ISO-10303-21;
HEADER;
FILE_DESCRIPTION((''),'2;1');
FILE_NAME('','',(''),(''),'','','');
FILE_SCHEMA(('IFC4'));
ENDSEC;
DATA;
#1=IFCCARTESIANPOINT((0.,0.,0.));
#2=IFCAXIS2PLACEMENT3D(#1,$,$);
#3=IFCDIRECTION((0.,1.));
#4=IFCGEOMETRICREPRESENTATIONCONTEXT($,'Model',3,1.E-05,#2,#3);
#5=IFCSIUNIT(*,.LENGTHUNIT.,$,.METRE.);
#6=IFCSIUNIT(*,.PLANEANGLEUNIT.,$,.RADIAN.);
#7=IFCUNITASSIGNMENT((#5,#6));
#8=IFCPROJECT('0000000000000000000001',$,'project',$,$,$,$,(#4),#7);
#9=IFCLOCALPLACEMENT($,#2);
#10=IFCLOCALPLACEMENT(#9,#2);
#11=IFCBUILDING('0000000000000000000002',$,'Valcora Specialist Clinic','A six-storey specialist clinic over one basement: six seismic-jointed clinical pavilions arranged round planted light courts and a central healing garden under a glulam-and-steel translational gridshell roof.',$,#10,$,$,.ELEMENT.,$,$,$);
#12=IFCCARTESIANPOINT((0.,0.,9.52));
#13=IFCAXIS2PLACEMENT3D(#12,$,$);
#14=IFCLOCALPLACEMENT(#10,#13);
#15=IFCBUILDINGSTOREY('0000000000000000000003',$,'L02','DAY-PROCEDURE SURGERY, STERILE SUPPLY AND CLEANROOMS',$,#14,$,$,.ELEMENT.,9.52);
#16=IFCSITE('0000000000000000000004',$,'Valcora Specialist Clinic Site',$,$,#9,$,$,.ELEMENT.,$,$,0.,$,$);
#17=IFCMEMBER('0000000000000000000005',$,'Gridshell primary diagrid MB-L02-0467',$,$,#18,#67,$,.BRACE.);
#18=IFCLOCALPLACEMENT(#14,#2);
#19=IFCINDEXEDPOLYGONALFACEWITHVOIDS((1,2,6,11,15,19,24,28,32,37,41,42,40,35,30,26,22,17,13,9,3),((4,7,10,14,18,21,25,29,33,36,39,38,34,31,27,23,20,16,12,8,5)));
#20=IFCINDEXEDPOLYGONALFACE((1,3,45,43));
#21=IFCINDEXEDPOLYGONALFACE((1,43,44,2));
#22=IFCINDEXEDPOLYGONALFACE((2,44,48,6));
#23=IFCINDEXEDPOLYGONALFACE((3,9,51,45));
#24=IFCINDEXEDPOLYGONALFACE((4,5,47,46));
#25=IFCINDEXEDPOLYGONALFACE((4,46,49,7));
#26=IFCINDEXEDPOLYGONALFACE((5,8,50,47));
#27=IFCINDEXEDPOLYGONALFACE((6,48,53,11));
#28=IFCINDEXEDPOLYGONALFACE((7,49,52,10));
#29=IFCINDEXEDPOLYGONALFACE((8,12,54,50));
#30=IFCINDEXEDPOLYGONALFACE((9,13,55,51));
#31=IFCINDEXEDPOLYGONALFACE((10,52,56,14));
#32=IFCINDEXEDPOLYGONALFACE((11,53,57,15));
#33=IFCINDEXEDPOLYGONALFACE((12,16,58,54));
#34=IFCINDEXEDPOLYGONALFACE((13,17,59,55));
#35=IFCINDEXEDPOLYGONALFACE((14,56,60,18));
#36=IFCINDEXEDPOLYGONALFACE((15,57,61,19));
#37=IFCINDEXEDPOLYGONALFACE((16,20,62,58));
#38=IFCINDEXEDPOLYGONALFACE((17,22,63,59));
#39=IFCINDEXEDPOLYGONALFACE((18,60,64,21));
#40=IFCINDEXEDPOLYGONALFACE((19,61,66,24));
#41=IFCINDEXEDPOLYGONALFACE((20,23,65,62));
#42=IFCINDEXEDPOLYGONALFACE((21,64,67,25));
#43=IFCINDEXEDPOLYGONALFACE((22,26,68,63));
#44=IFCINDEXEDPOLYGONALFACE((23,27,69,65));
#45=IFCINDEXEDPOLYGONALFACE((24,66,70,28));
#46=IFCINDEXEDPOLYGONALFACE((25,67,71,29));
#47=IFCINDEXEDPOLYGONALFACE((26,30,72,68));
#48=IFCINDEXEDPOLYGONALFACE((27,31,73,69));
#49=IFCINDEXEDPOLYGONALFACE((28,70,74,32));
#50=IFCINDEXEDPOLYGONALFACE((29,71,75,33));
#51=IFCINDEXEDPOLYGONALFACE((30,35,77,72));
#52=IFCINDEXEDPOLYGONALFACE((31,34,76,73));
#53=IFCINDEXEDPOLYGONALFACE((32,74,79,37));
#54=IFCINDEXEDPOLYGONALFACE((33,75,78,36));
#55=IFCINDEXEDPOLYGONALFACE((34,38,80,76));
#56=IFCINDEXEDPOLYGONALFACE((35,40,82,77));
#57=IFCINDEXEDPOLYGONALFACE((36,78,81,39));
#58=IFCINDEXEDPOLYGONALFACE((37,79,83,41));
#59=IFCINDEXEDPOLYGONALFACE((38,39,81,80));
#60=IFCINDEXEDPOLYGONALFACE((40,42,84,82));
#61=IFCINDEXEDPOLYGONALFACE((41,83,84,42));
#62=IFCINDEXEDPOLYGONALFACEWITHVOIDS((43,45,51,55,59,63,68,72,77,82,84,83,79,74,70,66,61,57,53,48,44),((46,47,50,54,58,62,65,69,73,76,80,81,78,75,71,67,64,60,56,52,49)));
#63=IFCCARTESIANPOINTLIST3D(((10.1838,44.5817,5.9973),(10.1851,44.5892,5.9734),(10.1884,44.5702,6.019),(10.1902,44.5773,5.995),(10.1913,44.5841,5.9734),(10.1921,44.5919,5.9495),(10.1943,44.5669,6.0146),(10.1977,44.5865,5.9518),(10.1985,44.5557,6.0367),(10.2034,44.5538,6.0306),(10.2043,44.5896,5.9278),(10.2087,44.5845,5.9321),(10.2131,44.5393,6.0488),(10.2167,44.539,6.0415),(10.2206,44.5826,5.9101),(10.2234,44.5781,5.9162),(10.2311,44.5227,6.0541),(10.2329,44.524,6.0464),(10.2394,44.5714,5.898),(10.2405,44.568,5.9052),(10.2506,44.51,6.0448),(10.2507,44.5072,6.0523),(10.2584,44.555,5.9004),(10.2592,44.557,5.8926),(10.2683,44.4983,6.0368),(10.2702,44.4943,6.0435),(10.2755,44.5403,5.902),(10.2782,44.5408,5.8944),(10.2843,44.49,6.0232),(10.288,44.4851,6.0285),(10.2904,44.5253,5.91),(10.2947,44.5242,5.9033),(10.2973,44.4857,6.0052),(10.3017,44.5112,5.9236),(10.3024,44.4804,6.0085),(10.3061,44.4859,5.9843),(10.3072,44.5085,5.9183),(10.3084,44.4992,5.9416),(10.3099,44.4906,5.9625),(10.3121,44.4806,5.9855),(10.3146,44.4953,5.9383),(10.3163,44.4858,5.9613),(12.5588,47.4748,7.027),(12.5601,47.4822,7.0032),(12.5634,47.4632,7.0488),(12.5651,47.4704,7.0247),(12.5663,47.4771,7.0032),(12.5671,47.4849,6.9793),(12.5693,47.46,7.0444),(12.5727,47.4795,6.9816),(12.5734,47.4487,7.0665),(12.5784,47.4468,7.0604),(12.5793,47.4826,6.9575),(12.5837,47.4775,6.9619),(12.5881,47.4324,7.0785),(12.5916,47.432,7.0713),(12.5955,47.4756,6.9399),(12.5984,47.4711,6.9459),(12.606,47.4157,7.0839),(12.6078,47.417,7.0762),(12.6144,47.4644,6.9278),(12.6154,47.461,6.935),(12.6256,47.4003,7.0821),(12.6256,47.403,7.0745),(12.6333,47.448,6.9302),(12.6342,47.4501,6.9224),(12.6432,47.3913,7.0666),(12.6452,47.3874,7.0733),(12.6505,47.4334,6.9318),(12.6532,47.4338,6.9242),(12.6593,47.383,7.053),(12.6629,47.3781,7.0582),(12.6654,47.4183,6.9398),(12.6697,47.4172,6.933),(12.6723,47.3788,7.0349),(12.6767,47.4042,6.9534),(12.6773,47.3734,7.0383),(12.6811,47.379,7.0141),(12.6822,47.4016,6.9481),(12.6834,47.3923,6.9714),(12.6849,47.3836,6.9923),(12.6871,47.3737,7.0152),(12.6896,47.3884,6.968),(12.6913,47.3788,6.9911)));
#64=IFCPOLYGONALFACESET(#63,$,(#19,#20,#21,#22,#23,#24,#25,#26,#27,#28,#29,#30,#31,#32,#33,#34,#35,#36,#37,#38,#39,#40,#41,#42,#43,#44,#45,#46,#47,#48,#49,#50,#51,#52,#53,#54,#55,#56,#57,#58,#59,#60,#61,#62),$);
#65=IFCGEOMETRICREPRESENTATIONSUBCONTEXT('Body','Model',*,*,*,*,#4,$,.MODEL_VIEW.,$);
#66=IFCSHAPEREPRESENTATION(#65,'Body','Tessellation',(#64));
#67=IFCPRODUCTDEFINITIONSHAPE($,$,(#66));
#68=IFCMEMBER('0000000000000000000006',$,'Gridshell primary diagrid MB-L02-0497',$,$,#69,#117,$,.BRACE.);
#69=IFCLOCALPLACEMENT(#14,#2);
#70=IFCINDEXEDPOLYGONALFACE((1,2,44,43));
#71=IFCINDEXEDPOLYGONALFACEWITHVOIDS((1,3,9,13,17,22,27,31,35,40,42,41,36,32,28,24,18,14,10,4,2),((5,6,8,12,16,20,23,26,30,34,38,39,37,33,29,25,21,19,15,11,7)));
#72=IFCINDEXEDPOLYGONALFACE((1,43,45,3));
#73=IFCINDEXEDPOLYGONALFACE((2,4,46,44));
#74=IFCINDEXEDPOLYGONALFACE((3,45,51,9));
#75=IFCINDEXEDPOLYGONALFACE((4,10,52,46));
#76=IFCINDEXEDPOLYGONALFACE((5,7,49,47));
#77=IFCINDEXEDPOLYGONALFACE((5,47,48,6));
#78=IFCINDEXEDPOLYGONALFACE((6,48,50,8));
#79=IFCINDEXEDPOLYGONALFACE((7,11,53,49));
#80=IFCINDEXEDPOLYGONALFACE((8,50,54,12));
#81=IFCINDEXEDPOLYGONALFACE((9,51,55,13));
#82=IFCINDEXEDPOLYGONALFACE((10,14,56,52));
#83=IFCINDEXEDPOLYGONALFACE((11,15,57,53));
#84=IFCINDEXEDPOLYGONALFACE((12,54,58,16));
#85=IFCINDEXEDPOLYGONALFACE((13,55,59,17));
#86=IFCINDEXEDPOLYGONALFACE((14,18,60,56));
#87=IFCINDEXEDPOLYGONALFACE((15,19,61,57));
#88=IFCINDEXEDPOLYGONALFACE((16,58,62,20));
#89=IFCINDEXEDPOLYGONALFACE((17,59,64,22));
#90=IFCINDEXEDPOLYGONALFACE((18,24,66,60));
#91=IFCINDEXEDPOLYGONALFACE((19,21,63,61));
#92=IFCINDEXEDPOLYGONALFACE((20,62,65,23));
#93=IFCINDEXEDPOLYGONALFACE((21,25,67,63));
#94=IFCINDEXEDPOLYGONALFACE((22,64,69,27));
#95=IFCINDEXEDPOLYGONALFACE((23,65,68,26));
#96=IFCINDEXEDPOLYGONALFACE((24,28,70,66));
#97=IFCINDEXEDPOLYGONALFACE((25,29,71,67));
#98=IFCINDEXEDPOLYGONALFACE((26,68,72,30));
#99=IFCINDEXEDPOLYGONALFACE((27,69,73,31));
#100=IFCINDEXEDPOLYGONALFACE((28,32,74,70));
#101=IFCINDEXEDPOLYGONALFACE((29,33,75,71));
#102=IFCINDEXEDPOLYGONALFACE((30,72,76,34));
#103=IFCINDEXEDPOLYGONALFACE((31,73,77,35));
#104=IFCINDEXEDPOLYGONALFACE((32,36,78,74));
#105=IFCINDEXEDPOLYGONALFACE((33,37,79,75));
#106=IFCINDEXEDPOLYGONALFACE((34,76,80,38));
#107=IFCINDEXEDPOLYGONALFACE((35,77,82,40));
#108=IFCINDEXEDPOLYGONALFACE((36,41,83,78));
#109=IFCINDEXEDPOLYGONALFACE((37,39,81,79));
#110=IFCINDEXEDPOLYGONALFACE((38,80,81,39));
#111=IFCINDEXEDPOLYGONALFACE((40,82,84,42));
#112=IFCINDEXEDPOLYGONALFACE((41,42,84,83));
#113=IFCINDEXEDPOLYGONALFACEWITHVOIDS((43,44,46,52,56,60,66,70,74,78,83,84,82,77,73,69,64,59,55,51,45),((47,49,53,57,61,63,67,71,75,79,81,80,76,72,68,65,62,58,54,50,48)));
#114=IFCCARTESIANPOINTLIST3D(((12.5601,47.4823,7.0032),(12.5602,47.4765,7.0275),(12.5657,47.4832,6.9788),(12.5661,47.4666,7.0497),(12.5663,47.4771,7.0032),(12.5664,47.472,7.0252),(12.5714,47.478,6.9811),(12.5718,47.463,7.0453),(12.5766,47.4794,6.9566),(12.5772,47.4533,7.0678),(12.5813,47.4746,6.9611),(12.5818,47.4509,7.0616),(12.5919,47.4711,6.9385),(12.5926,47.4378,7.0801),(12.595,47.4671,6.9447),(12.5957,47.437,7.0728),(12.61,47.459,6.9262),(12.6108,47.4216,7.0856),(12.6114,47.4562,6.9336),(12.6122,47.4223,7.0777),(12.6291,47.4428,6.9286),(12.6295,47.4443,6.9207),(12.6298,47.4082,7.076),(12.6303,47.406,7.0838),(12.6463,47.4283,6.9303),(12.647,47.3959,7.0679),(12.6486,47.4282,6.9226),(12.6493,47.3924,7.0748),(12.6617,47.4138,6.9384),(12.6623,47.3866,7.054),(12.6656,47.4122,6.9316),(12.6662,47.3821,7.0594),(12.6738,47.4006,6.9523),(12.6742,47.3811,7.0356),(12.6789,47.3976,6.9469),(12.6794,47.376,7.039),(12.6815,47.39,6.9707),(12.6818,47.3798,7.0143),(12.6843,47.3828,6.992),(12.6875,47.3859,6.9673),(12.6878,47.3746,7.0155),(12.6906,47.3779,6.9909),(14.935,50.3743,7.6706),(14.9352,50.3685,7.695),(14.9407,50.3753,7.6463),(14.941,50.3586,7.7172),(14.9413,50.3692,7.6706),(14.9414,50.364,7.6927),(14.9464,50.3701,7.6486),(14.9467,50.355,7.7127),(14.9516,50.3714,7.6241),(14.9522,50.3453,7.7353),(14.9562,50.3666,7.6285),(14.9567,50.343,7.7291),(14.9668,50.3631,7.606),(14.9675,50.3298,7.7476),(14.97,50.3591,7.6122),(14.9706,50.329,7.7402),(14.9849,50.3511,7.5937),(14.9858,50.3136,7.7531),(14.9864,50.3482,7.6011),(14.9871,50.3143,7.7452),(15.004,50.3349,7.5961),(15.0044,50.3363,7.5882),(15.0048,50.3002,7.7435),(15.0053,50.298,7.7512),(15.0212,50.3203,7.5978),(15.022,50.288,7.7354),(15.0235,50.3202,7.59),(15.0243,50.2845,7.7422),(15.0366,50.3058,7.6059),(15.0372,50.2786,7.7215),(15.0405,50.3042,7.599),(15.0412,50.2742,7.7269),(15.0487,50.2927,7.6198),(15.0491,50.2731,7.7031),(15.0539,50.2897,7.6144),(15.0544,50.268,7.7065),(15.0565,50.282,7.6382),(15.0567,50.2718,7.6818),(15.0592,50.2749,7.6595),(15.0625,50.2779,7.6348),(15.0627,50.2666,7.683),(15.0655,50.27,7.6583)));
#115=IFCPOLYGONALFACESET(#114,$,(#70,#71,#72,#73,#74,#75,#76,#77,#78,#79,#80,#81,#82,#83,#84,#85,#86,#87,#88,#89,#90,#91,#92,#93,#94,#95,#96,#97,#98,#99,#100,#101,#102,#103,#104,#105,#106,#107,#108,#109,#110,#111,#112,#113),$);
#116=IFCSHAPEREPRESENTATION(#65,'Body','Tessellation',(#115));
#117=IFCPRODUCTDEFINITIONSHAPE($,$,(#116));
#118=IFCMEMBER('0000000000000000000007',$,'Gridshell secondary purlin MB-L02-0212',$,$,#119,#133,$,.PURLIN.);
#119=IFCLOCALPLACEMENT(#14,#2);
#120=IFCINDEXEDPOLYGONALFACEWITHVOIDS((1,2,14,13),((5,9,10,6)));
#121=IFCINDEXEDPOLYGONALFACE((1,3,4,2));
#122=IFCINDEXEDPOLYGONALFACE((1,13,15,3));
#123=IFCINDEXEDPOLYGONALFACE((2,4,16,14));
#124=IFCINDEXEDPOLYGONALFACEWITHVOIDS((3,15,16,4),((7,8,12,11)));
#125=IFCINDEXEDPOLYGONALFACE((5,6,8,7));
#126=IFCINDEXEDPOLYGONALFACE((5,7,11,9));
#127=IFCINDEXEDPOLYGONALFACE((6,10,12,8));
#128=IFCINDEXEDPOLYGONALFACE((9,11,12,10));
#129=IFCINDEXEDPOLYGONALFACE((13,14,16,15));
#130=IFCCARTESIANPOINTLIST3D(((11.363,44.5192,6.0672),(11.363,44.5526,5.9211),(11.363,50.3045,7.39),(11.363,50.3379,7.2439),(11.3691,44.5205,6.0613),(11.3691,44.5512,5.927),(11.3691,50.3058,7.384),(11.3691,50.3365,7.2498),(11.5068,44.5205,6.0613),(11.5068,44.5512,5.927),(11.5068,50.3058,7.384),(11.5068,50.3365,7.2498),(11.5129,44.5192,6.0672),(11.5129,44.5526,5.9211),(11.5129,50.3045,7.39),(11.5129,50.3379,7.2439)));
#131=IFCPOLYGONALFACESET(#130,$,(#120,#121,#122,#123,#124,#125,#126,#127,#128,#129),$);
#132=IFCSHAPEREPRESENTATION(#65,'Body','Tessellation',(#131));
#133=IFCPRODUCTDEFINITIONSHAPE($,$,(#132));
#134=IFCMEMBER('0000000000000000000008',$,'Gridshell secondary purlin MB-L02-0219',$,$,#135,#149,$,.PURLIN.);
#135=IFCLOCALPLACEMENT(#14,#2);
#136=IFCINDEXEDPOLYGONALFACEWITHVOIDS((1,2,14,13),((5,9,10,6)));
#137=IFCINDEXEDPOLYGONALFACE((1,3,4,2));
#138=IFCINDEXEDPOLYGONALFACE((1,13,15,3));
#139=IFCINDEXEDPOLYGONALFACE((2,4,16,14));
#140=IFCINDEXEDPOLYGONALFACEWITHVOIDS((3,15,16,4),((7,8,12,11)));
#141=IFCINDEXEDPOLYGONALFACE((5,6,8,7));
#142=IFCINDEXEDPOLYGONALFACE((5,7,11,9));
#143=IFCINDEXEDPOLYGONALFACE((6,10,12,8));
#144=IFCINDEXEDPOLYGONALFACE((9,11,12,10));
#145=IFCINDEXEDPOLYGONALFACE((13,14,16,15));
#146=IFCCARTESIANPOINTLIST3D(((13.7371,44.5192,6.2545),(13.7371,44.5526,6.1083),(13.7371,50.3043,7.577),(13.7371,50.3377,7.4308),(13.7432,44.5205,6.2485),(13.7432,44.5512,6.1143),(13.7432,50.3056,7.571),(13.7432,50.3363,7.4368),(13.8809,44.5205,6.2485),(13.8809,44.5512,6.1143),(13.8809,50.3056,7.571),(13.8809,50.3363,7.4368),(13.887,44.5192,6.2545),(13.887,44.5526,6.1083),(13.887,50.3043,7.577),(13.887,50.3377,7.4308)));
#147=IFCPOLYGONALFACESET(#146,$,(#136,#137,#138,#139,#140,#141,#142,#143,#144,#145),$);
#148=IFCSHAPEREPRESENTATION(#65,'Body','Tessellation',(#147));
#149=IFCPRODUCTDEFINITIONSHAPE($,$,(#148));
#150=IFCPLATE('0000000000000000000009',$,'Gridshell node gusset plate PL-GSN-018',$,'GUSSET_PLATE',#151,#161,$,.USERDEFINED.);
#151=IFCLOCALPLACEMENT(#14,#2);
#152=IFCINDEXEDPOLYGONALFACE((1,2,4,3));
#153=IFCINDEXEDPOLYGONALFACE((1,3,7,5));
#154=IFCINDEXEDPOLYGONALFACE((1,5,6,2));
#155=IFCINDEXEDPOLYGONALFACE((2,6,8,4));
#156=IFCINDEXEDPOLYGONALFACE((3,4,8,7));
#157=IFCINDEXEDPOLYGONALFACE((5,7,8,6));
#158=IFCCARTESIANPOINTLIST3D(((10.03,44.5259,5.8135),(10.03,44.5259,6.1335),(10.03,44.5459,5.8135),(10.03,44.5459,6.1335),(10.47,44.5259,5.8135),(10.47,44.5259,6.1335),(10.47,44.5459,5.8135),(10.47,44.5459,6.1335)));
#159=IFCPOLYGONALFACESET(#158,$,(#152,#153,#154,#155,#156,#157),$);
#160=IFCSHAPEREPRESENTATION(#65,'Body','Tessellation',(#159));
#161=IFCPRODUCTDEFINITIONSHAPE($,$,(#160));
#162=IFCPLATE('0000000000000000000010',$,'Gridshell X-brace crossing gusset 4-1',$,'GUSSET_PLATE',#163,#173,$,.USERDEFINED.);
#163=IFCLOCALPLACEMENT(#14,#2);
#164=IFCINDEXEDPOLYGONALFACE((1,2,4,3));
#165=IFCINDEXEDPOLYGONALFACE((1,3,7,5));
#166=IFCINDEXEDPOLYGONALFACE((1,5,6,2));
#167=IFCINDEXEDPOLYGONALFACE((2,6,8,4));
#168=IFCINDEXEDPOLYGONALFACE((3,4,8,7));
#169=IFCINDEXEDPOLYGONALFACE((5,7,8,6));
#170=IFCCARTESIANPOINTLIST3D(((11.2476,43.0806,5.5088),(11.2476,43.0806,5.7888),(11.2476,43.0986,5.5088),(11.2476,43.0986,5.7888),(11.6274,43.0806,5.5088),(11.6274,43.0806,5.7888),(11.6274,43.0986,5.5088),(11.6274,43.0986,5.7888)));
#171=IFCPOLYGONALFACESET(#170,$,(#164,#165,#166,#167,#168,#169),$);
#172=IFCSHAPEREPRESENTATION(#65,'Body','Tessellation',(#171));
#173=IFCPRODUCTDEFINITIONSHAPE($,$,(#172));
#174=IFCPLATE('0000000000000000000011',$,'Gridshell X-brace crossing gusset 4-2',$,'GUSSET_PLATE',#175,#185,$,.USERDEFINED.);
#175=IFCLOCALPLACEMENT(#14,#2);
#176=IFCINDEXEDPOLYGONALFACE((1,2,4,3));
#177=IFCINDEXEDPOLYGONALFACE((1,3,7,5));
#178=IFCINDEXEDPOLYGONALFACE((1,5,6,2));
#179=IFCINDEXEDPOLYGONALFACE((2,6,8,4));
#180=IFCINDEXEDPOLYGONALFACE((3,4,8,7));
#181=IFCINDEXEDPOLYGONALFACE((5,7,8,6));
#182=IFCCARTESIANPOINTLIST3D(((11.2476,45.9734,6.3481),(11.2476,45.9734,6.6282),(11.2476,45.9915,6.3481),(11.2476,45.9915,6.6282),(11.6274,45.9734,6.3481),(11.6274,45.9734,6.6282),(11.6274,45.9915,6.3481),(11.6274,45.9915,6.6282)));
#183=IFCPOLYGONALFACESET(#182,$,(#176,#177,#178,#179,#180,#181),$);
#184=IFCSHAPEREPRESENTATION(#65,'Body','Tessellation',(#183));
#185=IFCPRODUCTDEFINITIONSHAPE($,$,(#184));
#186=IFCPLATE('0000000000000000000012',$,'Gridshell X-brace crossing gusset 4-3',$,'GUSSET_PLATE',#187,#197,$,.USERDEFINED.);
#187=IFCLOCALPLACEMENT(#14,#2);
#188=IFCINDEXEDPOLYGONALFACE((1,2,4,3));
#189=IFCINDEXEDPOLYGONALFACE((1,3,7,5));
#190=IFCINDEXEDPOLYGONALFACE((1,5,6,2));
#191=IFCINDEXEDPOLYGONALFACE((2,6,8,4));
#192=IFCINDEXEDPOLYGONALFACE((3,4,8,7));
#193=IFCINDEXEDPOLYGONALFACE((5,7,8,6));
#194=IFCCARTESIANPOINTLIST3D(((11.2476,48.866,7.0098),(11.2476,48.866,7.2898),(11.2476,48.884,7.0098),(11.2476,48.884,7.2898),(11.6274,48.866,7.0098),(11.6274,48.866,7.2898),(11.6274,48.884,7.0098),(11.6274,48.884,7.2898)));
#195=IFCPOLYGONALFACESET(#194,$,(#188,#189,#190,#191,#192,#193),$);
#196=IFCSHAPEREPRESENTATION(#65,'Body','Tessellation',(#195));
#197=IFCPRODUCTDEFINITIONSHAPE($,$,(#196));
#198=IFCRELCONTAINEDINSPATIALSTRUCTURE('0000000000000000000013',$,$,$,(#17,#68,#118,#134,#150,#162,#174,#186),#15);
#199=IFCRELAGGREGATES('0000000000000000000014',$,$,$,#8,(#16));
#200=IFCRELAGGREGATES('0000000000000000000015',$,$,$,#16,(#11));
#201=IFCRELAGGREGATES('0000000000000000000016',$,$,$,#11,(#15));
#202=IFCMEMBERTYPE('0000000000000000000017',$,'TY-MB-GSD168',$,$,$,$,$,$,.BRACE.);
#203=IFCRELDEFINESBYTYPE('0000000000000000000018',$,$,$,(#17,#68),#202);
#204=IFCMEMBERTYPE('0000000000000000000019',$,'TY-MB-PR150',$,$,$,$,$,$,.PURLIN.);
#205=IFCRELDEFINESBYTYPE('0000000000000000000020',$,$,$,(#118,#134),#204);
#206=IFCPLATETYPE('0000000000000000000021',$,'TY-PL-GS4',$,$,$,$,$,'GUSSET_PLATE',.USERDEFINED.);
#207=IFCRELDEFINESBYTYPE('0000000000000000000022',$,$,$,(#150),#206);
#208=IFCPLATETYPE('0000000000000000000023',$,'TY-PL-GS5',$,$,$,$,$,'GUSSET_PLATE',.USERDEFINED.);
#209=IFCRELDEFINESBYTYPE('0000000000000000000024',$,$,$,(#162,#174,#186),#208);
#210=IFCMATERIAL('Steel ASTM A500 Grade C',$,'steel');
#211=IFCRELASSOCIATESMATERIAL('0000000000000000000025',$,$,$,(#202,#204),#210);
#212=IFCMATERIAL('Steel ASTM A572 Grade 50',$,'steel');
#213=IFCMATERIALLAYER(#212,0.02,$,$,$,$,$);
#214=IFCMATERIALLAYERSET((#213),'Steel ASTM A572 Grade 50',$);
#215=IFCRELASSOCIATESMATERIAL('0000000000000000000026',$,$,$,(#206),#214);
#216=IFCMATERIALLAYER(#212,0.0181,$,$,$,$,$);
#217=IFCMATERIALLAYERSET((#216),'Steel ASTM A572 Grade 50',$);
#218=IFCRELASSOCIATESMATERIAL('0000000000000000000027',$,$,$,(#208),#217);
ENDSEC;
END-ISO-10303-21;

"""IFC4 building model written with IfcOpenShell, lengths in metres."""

from ifc_helpers import new_model, si_unit, direction, frame, origin, origin_2d, place, context, subcontext, project, spatial, rectangle, hollow_rectangle, hollow_circle, extrude, material, layer, layer_set, material_profile, profile_set, type_object, element, save


model = new_model("IFC4")

# Units and contexts
model_context = context("Model", 3, precision=1e-05, world=origin(), true_north=direction((0.0, 1.0)))
body_context = subcontext(model_context, "Body", "Model", "MODEL_VIEW")
ifc_project = project(units=[si_unit("LENGTHUNIT", "METRE"), si_unit("PLANEANGLEUNIT", "RADIAN")], contexts=[model_context])

# Site, building, storey
site_placement = place(None, origin())
site = spatial("IfcSite", under=ifc_project, at=site_placement, Name="Valcora Specialist Clinic Site", CompositionType="ELEMENT", RefElevation=0.0)
building_placement = place(site_placement, origin())
building = spatial("IfcBuilding", under=site, at=building_placement, Name="Valcora Specialist Clinic", Description="A six-storey specialist clinic over one basement: six seismic-jointed clinical pavilions arranged round planted light courts and a central healing garden under a glulam-and-steel translational gridshell roof.", CompositionType="ELEMENT")
storey_placement = place(building_placement, frame((0.0, 0.0, 9.52)))
storey = spatial("IfcBuildingStorey", under=building, at=storey_placement, Name="L02", Description="DAY-PROCEDURE SURGERY, STERILE SUPPLY AND CLEANROOMS", CompositionType="ELEMENT", Elevation=9.52)

# Members
ifc_material_1 = material(Name="Steel ASTM A500 Grade C", Category="steel")
ifc_material_profile_1 = material_profile(ifc_material_1, hollow_circle(Radius=0.084, WallThickness=0.0081, at=origin_2d()), Name="ST-CHS-168X8")
ifc_profile_set_1 = profile_set([ifc_material_profile_1], Name="Steel ASTM A500 Grade C")
member_type_1 = type_object("IfcMemberType", Name="TY-MB-GSD168", PredefinedType="BRACE", material=ifc_profile_set_1)
member_1_placement = place(storey_placement, frame((10.25, 44.5359, 5.9734), z_axis=(0.611778, 0.745227, 0.265263), x_axis=(-0.772916, 0.634508, 0.0)))
element("IfcMember", 1, at=member_1_placement, inside=storey, type_object=member_type_1, Name="Gridshell primary diagrid MB-L02-0467", PredefinedType="BRACE", context=body_context, shape_type="SweptSolid", body=[
    extrude(hollow_circle(Radius=0.084, WallThickness=0.0081, at=origin_2d()), origin(), (0.0, 0.0, 1.0), 3.8821),
])
member_2_placement = place(storey_placement, frame((12.625, 47.429, 7.0032), z_axis=(0.624776, 0.760804, 0.17559), x_axis=(-0.772811, 0.634636, 0.0)))
element("IfcMember", 2, at=member_2_placement, inside=storey, type_object=member_type_1, Name="Gridshell primary diagrid MB-L02-0497", PredefinedType="BRACE", context=body_context, shape_type="SweptSolid", body=[
    extrude(hollow_circle(Radius=0.084, WallThickness=0.0081, at=origin_2d()), origin(), (0.0, 0.0, 1.0), 3.8013),
])
ifc_material_profile_2 = material_profile(ifc_material_1, hollow_rectangle(XDim=0.1499, YDim=0.1499, WallThickness=0.0061, at=origin_2d()), Name="ST-RHS-150X150X6")
ifc_profile_set_2 = profile_set([ifc_material_profile_2], Name="Steel ASTM A500 Grade C")
member_type_2 = type_object("IfcMemberType", Name="TY-MB-PR150", PredefinedType="PURLIN", material=ifc_profile_set_2)
member_3_placement = place(storey_placement, frame((11.438, 44.5359, 5.9941), z_axis=(0.0, 0.974843, 0.222894), x_axis=(-1.0, 0.0, 0.0)))
element("IfcMember", 3, at=member_3_placement, inside=storey, type_object=member_type_2, Name="Gridshell secondary purlin MB-L02-0212", PredefinedType="PURLIN", context=body_context, shape_type="SweptSolid", body=[
    extrude(hollow_rectangle(XDim=0.1499, YDim=0.1499, WallThickness=0.0061, at=origin_2d()), origin(), (0.0, 0.0, 1.0), 5.9346),
])
member_4_placement = place(storey_placement, frame((13.812, 44.5359, 6.1814), z_axis=(0.0, 0.974852, 0.222855), x_axis=(-1.0, 0.0, 0.0)))
element("IfcMember", 4, at=member_4_placement, inside=storey, type_object=member_type_2, Name="Gridshell secondary purlin MB-L02-0219", PredefinedType="PURLIN", context=body_context, shape_type="SweptSolid", body=[
    extrude(hollow_rectangle(XDim=0.1499, YDim=0.1499, WallThickness=0.0061, at=origin_2d()), origin(), (0.0, 0.0, 1.0), 5.9343),
])

# Plates
ifc_material_2 = material(Name="Steel ASTM A572 Grade 50", Category="steel")
ifc_layer_1 = layer(ifc_material_2, 0.02)
ifc_layer_set_1 = layer_set([ifc_layer_1], Name="Steel ASTM A572 Grade 50")
plate_type_1 = type_object("IfcPlateType", Name="TY-PL-GS4", ElementType="GUSSET_PLATE", PredefinedType="USERDEFINED", material=ifc_layer_set_1)
plate_placement = place(storey_placement, frame((10.25, 44.5359, 5.8135), z_axis=(0.0, 0.0, 1.0), x_axis=(1.0, 0.0, 0.0)))
element("IfcPlate", 5, at=plate_placement, inside=storey, type_object=plate_type_1, Name="Gridshell node gusset plate PL-GSN-018", ObjectType="GUSSET_PLATE", PredefinedType="USERDEFINED", context=body_context, shape_type="SweptSolid", body=[
    extrude(rectangle(XDim=0.4399, YDim=0.02, at=origin_2d()), origin(), (0.0, 0.0, 1.0), 0.3201),
])
ifc_layer_2 = layer(ifc_material_2, 0.0181)
ifc_layer_set_2 = layer_set([ifc_layer_2], Name="Steel ASTM A572 Grade 50")
plate_type_2 = type_object("IfcPlateType", Name="TY-PL-GS5", ElementType="GUSSET_PLATE", PredefinedType="USERDEFINED", material=ifc_layer_set_2)
for number, where, z_axis, x_axis, name in (
    (6, (11.4375, 43.0896, 5.5088), (0.0, 0.0, 1.0), (1.0, 0.0, 0.0), "Gridshell X-brace crossing gusset 4-1"),
    (7, (11.4375, 45.9824, 6.3481), (0.0, 0.0, 1.0), (1.0, 0.0, 0.0), "Gridshell X-brace crossing gusset 4-2"),
    (8, (11.4375, 48.875, 7.0098), (0.0, 0.0, 1.0), (1.0, 0.0, 0.0), "Gridshell X-brace crossing gusset 4-3"),
):
    element("IfcPlate", number, at=place(storey_placement, frame(where, z_axis=z_axis, x_axis=x_axis)), inside=storey, type_object=plate_type_2, Name=name, ObjectType="GUSSET_PLATE", PredefinedType="USERDEFINED", context=body_context, shape_type="SweptSolid", body=[
        extrude(rectangle(XDim=0.3799, YDim=0.0181, at=origin_2d()), origin(), (0.0, 0.0, 1.0), 0.28),
    ])

save(model, "model.ifc")
